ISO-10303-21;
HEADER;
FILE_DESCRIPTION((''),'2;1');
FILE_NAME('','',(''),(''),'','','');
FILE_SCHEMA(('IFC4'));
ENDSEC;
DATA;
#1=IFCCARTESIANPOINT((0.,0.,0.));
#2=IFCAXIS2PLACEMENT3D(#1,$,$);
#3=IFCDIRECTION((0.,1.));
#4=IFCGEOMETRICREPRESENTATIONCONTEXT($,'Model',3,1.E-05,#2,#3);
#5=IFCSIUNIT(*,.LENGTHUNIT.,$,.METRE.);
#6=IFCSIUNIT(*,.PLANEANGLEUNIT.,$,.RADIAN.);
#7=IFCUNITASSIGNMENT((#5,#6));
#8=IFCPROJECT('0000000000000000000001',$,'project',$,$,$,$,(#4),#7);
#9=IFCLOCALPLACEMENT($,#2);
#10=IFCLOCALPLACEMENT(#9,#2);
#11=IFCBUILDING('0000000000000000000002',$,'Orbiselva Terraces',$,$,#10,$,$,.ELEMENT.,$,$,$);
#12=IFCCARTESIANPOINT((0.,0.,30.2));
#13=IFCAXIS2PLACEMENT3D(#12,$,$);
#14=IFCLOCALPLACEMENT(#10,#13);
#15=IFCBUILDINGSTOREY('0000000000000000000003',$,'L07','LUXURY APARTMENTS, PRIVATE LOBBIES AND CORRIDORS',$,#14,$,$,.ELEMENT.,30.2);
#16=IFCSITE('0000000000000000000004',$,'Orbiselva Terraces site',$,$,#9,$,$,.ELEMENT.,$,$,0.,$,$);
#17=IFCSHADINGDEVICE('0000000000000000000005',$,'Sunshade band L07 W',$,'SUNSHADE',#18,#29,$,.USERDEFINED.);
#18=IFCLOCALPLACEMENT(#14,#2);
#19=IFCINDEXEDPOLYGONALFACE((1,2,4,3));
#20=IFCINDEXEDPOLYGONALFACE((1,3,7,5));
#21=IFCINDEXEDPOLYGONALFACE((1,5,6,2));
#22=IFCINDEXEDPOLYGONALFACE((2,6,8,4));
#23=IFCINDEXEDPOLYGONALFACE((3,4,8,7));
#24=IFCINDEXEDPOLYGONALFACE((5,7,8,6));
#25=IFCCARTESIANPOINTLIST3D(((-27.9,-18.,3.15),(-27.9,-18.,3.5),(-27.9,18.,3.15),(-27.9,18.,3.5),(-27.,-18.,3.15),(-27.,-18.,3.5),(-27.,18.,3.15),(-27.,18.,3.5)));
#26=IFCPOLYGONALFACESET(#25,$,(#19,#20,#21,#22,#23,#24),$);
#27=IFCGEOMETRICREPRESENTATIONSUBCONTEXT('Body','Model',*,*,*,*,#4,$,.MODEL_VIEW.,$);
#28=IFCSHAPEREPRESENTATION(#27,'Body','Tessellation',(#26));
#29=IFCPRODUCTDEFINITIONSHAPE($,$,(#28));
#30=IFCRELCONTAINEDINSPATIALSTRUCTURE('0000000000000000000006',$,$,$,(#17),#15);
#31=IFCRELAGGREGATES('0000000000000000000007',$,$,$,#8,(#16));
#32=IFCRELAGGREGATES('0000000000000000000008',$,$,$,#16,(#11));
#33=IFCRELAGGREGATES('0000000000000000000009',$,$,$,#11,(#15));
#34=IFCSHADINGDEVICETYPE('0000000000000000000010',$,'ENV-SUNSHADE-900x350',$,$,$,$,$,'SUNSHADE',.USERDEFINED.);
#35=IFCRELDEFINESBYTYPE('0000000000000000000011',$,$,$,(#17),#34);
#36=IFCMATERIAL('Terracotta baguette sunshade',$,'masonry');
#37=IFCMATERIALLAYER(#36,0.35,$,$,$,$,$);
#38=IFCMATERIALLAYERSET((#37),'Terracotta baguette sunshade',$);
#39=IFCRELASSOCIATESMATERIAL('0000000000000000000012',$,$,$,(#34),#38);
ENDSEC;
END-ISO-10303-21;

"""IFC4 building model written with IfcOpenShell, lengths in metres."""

from ifc_helpers import new_model, si_unit, direction, frame, origin, place, context, subcontext, project, spatial, polyline, outline, extrude, material, layer, layer_set, type_object, element, save


model = new_model("IFC4")

# Units and contexts
model_context = context("Model", 3, precision=1e-05, world=origin(), true_north=direction((0.0, 1.0)))
body_context = subcontext(model_context, "Body", "Model", "MODEL_VIEW")
ifc_project = project(units=[si_unit("LENGTHUNIT", "METRE"), si_unit("PLANEANGLEUNIT", "RADIAN")], contexts=[model_context])

# Site, building, storey
site_placement = place(None, origin())
site = spatial("IfcSite", under=ifc_project, at=site_placement, Name="Orbiselva Terraces site", CompositionType="ELEMENT", RefElevation=0.0)
building_placement = place(site_placement, origin())
building = spatial("IfcBuilding", under=site, at=building_placement, Name="Orbiselva Terraces", CompositionType="ELEMENT")
storey_placement = place(building_placement, frame((0.0, 0.0, 30.2)))
storey = spatial("IfcBuildingStorey", under=building, at=storey_placement, Name="L07", Description="LUXURY APARTMENTS, PRIVATE LOBBIES AND CORRIDORS", CompositionType="ELEMENT", Elevation=30.2)

# Shading device
ifc_material_1 = material(Name="Terracotta baguette sunshade", Category="masonry")
ifc_layer_1 = layer(ifc_material_1, 0.35)
ifc_layer_set_1 = layer_set([ifc_layer_1], Name="Terracotta baguette sunshade")
shading_device_type_1 = type_object("IfcShadingDeviceType", Name="ENV-SUNSHADE-900x350", ElementType="SUNSHADE", PredefinedType="USERDEFINED", material=ifc_layer_set_1)
shading_device_1_placement = place(storey_placement, frame((0.0, 0.0, 3.15)))
element("IfcShadingDevice", 1, at=shading_device_1_placement, inside=storey, type_object=shading_device_type_1, Name="Sunshade band L07 W", ObjectType="SUNSHADE", PredefinedType="USERDEFINED", context=body_context, shape_type="SweptSolid", body=[
    extrude(outline(polyline([(-27.9, 18.0), (-27.9, -18.0), (-27.0, -18.0), (-27.0, 18.0), (-27.9, 18.0)])), origin(), (0.0, 0.0, 1.0), 0.35),
])

save(model, "model.ifc")
